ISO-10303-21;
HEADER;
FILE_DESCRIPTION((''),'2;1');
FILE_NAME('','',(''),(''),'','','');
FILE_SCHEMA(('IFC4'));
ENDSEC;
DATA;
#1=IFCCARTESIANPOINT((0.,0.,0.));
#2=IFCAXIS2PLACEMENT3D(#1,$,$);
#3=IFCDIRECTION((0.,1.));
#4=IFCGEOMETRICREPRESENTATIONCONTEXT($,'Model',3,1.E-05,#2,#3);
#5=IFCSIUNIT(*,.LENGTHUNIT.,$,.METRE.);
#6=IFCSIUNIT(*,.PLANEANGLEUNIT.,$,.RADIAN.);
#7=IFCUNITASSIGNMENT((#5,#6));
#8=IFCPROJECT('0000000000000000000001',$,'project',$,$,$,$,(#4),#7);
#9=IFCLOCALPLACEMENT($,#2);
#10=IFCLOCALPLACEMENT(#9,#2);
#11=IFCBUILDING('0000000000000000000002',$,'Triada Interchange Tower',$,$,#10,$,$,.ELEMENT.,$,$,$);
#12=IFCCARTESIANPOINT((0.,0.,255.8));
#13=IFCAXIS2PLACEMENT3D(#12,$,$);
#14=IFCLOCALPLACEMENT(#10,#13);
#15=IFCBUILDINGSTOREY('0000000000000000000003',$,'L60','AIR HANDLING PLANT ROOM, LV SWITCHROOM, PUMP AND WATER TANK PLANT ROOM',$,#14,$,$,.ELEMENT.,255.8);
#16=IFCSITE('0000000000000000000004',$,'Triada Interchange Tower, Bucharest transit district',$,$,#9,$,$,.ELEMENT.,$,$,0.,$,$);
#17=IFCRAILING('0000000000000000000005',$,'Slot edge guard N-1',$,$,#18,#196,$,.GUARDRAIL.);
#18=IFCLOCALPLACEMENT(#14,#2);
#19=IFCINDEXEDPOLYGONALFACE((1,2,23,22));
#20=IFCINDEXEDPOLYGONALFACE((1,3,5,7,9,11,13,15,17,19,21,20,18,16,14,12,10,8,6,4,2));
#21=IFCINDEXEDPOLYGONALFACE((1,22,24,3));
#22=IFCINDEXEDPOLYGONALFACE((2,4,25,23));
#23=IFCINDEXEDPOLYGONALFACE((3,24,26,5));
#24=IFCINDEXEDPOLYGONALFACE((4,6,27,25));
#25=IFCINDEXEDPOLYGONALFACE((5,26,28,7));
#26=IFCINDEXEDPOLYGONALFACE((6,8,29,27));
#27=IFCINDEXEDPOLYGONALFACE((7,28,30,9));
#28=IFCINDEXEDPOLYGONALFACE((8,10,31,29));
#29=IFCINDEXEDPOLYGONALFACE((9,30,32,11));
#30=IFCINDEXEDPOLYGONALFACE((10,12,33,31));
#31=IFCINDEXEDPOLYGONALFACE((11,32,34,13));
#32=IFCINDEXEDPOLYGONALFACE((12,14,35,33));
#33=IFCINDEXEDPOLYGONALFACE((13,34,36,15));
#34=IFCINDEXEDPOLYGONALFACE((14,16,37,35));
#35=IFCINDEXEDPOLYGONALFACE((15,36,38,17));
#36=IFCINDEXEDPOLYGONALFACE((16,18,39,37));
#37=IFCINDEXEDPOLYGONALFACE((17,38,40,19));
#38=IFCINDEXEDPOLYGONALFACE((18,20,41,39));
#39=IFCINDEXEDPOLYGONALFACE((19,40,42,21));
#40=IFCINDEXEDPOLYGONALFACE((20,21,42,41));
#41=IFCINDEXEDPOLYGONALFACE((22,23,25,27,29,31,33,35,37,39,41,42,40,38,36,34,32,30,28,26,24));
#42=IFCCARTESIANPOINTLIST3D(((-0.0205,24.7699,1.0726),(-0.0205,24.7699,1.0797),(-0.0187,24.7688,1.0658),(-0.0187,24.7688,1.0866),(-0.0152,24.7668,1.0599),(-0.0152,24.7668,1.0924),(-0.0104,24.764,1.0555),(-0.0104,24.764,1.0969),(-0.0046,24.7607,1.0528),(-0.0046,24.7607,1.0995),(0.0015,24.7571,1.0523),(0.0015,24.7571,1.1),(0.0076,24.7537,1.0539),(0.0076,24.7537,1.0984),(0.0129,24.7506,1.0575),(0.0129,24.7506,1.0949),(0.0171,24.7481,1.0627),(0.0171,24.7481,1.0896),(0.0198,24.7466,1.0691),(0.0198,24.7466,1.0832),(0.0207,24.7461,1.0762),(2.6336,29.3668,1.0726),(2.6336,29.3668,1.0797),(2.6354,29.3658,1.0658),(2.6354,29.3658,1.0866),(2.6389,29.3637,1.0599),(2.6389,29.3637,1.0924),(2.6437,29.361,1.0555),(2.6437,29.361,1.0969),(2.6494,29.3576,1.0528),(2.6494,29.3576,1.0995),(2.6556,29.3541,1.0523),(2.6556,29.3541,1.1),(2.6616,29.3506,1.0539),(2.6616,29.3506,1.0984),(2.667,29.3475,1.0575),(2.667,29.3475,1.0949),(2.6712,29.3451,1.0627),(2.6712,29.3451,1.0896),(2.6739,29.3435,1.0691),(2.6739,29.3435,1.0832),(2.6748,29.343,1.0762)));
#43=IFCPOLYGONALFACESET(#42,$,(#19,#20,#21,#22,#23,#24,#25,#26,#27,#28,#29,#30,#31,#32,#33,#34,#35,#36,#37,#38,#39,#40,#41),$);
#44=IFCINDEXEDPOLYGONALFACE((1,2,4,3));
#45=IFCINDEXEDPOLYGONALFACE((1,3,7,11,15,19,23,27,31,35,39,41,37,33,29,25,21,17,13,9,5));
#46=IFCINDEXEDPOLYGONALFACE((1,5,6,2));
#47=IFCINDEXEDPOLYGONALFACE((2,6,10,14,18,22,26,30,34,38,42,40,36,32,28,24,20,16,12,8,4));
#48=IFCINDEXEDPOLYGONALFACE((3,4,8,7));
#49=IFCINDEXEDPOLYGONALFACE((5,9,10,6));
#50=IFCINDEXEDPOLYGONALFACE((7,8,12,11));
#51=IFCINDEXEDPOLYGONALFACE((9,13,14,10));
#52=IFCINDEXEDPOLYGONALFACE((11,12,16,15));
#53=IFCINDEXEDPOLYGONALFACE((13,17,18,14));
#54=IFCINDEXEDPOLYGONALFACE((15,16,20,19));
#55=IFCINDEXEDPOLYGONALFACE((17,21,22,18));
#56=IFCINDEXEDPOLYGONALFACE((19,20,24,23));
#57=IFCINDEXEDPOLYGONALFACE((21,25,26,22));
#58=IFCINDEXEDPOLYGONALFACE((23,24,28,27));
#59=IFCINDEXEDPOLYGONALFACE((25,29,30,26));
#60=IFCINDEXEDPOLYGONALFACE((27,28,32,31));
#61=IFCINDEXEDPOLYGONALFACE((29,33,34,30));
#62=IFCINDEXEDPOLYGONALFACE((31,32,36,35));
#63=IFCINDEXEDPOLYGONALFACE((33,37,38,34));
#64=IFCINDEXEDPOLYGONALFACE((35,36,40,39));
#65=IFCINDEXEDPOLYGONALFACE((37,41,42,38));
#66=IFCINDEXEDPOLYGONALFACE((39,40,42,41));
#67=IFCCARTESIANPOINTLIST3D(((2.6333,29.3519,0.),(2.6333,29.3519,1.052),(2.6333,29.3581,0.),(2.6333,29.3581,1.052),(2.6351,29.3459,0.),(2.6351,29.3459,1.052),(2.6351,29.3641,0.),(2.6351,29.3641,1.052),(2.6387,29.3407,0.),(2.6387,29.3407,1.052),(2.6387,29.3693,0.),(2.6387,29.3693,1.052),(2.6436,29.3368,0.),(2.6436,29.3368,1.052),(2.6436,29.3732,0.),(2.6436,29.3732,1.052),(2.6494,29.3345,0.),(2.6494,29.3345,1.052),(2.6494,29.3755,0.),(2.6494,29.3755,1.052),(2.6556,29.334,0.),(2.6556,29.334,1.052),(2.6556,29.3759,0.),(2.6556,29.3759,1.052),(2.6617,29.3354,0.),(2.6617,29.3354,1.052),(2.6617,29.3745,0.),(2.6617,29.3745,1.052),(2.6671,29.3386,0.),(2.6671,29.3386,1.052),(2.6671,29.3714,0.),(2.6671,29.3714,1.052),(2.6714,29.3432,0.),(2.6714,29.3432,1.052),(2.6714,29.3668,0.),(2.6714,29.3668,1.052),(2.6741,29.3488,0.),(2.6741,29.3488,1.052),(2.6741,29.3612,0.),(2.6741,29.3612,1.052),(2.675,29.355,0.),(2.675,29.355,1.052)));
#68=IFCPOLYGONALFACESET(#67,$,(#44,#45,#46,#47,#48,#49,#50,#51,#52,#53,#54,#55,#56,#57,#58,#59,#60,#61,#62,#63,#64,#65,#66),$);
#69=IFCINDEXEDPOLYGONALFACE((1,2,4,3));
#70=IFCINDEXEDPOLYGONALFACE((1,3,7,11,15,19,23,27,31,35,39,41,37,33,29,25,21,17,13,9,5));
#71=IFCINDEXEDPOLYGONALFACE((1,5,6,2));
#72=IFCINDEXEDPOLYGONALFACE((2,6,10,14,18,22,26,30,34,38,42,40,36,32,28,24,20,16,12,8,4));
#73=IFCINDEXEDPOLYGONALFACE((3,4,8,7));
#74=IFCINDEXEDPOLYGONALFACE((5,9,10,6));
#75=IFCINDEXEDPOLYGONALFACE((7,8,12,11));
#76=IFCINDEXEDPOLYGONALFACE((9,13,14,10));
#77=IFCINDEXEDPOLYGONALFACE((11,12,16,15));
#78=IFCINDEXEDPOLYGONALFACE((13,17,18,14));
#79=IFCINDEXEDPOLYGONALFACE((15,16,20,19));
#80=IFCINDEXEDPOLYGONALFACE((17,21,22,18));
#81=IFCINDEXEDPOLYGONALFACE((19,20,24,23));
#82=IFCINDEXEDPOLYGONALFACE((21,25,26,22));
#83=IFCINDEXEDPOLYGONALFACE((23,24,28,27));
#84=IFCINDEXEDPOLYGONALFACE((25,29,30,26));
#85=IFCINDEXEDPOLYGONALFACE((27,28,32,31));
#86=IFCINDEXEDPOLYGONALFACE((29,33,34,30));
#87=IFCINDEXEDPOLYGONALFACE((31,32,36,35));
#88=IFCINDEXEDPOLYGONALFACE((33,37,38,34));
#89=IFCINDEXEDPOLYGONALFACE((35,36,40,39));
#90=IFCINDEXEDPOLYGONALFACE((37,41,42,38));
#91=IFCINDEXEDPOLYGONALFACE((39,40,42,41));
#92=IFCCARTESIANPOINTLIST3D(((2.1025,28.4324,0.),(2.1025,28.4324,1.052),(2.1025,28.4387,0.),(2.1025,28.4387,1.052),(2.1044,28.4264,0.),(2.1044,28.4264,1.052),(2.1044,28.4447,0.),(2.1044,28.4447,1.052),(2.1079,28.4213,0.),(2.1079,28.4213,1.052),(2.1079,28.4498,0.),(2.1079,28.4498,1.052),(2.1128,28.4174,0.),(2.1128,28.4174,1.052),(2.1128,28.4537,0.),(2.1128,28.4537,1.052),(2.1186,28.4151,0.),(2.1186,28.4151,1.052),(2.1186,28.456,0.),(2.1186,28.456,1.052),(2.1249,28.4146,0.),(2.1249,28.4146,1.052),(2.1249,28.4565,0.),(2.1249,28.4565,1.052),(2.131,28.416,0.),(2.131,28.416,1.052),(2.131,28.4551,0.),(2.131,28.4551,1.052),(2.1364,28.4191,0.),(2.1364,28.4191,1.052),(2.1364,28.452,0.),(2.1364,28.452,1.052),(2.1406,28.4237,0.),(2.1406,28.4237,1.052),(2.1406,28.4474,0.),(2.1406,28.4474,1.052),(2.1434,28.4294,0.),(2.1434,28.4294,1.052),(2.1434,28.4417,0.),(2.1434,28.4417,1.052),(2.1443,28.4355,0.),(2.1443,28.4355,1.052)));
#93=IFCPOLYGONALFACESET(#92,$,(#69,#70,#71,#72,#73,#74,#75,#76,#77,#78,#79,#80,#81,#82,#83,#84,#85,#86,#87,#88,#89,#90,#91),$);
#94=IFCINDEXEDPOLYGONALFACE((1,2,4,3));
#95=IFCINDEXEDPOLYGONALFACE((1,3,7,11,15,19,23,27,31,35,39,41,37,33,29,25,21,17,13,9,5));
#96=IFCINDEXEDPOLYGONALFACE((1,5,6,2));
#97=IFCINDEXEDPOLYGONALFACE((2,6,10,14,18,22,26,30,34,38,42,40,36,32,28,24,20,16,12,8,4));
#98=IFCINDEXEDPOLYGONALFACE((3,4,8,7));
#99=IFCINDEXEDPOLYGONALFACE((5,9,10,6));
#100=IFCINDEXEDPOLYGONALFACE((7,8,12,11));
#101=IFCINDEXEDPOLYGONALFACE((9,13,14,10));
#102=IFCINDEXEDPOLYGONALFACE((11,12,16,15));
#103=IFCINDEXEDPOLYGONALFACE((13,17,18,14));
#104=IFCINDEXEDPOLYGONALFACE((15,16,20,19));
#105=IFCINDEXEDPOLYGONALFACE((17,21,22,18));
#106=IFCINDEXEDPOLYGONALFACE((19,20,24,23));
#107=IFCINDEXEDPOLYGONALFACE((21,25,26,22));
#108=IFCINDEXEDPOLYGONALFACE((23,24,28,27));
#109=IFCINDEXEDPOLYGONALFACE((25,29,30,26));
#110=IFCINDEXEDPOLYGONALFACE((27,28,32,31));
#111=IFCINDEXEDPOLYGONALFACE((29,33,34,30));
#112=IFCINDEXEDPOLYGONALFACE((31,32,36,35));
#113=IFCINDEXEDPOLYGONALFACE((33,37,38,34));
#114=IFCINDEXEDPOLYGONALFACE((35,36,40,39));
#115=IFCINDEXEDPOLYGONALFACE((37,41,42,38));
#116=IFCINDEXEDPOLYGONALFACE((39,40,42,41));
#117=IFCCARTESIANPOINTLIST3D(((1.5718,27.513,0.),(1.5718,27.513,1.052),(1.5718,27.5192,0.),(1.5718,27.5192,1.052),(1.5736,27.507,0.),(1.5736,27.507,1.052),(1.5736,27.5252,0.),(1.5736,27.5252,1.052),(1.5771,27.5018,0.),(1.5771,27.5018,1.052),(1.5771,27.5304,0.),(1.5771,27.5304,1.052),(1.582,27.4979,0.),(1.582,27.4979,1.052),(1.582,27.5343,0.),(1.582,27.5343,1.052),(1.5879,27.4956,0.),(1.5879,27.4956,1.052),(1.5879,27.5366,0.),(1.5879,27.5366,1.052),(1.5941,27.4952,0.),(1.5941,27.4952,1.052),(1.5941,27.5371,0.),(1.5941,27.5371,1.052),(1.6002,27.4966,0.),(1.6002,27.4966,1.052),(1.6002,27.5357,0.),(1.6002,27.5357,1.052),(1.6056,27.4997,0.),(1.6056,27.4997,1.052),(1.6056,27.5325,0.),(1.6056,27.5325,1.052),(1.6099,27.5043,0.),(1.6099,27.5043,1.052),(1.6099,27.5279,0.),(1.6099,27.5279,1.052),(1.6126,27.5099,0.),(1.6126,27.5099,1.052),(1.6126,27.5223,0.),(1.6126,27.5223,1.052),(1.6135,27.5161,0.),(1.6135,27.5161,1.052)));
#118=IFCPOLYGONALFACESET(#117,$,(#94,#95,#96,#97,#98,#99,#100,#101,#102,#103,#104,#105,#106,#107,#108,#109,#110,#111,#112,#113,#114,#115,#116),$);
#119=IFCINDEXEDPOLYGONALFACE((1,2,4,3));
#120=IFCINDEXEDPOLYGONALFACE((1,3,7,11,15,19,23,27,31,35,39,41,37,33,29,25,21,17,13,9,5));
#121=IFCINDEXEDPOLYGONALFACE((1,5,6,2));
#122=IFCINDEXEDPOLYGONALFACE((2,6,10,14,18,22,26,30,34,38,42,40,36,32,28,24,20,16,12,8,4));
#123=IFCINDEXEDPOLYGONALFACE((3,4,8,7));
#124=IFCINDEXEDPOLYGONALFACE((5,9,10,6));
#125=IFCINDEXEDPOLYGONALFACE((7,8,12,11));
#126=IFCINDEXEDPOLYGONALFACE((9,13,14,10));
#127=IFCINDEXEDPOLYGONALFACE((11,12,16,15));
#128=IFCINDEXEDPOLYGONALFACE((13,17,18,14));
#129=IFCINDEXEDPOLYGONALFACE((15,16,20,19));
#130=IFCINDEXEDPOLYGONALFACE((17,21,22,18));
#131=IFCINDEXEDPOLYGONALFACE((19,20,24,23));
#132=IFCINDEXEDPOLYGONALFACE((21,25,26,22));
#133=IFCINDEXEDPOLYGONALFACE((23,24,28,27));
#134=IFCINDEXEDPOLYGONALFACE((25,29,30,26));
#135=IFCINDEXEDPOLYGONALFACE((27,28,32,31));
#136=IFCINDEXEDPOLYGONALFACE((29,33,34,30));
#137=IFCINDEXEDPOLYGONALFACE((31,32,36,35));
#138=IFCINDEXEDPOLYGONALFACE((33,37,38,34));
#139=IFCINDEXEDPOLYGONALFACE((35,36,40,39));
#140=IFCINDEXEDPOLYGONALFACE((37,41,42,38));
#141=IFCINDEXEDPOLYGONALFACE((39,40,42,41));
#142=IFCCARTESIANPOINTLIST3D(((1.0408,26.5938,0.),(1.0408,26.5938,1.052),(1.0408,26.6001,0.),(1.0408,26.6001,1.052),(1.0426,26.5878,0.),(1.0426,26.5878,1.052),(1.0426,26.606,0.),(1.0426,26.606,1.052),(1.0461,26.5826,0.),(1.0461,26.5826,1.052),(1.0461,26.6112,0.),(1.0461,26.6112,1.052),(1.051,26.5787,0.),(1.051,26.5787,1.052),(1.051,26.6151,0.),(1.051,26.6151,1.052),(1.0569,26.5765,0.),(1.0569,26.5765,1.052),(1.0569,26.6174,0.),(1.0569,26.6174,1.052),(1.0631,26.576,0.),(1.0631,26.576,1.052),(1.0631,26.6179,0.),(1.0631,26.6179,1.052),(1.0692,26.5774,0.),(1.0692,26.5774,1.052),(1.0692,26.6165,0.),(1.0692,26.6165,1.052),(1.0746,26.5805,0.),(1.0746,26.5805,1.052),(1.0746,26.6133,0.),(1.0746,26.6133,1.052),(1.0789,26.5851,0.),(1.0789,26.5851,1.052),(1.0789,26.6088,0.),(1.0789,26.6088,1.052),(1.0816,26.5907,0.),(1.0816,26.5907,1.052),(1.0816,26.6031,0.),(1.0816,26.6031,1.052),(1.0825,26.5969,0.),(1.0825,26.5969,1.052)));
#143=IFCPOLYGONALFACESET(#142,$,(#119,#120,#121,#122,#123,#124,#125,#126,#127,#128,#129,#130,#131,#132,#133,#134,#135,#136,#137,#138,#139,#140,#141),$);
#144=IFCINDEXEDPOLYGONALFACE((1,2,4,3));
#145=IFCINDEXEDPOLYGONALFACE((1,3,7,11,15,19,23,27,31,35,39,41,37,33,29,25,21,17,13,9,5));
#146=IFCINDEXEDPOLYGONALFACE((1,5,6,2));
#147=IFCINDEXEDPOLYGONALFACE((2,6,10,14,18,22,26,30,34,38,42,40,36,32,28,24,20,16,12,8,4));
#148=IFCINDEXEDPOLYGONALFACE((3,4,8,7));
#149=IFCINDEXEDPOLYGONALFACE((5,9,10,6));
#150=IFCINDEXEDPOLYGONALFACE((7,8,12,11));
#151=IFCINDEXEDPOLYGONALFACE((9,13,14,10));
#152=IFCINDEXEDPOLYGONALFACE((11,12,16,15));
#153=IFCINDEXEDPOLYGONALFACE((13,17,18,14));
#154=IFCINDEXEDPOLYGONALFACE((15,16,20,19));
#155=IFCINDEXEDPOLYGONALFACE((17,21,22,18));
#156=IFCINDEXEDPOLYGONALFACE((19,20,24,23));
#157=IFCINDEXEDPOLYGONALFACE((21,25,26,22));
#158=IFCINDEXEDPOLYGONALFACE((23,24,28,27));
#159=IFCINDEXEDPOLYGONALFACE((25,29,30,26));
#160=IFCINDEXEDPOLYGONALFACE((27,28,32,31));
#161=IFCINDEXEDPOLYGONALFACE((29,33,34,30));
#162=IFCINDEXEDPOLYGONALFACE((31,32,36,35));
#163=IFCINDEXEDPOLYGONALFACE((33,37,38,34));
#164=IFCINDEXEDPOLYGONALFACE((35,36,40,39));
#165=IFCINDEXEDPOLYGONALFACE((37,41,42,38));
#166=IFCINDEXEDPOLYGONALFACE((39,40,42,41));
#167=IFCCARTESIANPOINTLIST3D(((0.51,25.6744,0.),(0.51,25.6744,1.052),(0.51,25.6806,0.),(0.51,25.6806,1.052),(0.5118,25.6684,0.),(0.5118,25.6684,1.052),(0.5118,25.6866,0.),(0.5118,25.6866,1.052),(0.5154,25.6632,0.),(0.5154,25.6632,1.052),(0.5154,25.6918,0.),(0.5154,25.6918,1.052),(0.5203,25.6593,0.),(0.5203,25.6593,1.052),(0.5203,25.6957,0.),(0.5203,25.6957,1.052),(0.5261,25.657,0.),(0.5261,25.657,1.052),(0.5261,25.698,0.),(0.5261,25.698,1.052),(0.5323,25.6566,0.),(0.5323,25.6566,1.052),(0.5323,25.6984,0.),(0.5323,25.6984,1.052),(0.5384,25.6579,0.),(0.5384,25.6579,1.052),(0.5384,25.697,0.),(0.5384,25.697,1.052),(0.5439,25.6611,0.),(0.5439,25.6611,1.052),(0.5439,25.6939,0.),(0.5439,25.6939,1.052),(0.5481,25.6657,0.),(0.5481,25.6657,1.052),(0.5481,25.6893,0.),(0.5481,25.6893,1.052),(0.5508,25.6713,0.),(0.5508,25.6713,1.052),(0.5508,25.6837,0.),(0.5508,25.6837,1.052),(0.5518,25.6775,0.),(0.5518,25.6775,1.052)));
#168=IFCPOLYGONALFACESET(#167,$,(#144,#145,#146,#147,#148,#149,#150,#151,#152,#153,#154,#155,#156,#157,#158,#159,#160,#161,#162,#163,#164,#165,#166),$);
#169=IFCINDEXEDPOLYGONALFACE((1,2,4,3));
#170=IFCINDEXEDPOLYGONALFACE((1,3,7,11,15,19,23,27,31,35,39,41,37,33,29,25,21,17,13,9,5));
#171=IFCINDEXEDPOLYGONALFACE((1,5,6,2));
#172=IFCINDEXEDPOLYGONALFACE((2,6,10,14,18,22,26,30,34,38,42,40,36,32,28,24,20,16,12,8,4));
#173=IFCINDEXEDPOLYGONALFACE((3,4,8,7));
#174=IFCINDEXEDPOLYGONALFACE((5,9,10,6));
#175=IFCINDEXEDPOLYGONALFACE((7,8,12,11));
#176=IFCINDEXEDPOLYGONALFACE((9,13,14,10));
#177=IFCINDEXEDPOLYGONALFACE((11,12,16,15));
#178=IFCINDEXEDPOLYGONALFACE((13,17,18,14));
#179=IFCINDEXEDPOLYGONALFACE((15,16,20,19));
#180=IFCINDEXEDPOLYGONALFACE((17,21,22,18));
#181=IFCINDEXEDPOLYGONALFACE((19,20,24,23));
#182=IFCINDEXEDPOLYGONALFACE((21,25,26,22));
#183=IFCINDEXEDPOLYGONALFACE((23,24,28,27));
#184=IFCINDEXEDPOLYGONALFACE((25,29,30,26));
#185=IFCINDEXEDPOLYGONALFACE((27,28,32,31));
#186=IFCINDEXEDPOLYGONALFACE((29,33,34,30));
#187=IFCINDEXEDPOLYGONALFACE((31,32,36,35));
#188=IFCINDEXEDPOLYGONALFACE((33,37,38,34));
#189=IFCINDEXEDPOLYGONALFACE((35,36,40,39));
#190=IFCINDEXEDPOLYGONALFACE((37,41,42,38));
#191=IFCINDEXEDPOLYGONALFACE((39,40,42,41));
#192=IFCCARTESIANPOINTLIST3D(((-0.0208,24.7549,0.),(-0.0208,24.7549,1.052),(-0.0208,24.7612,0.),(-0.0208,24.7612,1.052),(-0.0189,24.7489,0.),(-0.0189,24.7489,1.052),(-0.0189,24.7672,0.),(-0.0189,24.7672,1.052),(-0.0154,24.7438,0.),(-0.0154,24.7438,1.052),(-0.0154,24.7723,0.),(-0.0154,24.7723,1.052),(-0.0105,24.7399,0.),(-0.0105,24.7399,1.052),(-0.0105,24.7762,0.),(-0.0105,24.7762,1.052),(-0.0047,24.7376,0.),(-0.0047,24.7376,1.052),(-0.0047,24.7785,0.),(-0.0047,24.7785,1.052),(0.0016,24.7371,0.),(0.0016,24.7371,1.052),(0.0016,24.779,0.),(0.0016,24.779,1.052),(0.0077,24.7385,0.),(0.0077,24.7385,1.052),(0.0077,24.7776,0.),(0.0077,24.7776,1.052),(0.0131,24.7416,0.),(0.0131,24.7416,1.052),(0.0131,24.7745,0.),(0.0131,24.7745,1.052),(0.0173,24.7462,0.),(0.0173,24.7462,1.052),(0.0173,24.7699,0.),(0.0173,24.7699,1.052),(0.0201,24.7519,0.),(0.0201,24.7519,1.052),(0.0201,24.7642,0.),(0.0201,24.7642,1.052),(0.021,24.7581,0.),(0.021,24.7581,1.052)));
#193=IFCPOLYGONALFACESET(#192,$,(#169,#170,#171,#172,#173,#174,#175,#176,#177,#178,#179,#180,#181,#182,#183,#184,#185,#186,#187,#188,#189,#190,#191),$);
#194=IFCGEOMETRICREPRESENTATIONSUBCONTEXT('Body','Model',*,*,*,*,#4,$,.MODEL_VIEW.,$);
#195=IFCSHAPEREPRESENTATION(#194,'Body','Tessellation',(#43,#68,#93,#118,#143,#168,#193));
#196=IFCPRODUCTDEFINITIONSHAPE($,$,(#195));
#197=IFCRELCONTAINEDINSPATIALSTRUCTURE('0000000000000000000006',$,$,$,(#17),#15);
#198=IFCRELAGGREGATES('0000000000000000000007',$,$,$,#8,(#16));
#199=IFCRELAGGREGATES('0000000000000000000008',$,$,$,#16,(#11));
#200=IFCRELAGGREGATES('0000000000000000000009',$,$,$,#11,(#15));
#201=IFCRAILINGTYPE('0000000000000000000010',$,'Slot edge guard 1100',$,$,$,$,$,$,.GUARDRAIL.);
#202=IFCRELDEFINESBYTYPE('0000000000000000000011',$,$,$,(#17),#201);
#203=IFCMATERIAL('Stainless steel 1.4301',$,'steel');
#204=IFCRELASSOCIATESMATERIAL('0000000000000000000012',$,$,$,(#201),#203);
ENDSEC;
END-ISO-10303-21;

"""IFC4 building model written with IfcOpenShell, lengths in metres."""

from ifc_helpers import new_model, si_unit, direction, frame, origin, origin_2d, place, context, subcontext, project, spatial, circle, extrude, material, type_object, element, save


model = new_model("IFC4")

# Units and contexts
model_context = context("Model", 3, precision=1e-05, world=origin(), true_north=direction((0.0, 1.0)))
body_context = subcontext(model_context, "Body", "Model", "MODEL_VIEW")
ifc_project = project(units=[si_unit("LENGTHUNIT", "METRE"), si_unit("PLANEANGLEUNIT", "RADIAN")], contexts=[model_context])

# Site, building, storey
site_placement = place(None, origin())
site = spatial("IfcSite", under=ifc_project, at=site_placement, Name="Triada Interchange Tower, Bucharest transit district", CompositionType="ELEMENT", RefElevation=0.0)
building_placement = place(site_placement, origin())
building = spatial("IfcBuilding", under=site, at=building_placement, Name="Triada Interchange Tower", CompositionType="ELEMENT")
storey_placement = place(building_placement, frame((0.0, 0.0, 255.8)))
storey = spatial("IfcBuildingStorey", under=building, at=storey_placement, Name="L60", Description="AIR HANDLING PLANT ROOM, LV SWITCHROOM, PUMP AND WATER TANK PLANT ROOM", CompositionType="ELEMENT", Elevation=255.8)

# Railing
ifc_material_1 = material(Name="Stainless steel 1.4301", Category="steel")
railing_type = type_object("IfcRailingType", Name="Slot edge guard 1100", PredefinedType="GUARDRAIL", material=ifc_material_1)
railing_placement = place(storey_placement, frame((2.6541, 29.355, 0.0)))
element("IfcRailing", 1, at=railing_placement, inside=storey, type_object=railing_type, Name="Slot edge guard N-1", PredefinedType="GUARDRAIL", context=body_context, shape_type="SweptSolid", body=[
    extrude(circle(Radius=0.0239, at=origin_2d()), frame((0.0, 0.0, 1.0762), z_axis=(-0.500002, -0.866024, 0.0), x_axis=(0.866024, -0.500002, 0.0)), (0.0, 0.0, 1.0), 5.3081),
    extrude(circle(Radius=0.021, at=origin_2d()), origin(), (0.0, 0.0, 1.0), 1.052),
    extrude(circle(Radius=0.021, at=origin_2d()), frame((-0.5308, -0.9194, 0.0)), (0.0, 0.0, 1.0), 1.052),
    extrude(circle(Radius=0.021, at=origin_2d()), frame((-1.0615, -1.8389, 0.0)), (0.0, 0.0, 1.0), 1.052),
    extrude(circle(Radius=0.021, at=origin_2d()), frame((-1.5925, -2.7581, 0.0)), (0.0, 0.0, 1.0), 1.052),
    extrude(circle(Radius=0.021, at=origin_2d()), frame((-2.1233, -3.6775, 0.0)), (0.0, 0.0, 1.0), 1.052),
    extrude(circle(Radius=0.021, at=origin_2d()), frame((-2.6541, -4.5969, 0.0)), (0.0, 0.0, 1.0), 1.052),
])

save(model, "model.ifc")
